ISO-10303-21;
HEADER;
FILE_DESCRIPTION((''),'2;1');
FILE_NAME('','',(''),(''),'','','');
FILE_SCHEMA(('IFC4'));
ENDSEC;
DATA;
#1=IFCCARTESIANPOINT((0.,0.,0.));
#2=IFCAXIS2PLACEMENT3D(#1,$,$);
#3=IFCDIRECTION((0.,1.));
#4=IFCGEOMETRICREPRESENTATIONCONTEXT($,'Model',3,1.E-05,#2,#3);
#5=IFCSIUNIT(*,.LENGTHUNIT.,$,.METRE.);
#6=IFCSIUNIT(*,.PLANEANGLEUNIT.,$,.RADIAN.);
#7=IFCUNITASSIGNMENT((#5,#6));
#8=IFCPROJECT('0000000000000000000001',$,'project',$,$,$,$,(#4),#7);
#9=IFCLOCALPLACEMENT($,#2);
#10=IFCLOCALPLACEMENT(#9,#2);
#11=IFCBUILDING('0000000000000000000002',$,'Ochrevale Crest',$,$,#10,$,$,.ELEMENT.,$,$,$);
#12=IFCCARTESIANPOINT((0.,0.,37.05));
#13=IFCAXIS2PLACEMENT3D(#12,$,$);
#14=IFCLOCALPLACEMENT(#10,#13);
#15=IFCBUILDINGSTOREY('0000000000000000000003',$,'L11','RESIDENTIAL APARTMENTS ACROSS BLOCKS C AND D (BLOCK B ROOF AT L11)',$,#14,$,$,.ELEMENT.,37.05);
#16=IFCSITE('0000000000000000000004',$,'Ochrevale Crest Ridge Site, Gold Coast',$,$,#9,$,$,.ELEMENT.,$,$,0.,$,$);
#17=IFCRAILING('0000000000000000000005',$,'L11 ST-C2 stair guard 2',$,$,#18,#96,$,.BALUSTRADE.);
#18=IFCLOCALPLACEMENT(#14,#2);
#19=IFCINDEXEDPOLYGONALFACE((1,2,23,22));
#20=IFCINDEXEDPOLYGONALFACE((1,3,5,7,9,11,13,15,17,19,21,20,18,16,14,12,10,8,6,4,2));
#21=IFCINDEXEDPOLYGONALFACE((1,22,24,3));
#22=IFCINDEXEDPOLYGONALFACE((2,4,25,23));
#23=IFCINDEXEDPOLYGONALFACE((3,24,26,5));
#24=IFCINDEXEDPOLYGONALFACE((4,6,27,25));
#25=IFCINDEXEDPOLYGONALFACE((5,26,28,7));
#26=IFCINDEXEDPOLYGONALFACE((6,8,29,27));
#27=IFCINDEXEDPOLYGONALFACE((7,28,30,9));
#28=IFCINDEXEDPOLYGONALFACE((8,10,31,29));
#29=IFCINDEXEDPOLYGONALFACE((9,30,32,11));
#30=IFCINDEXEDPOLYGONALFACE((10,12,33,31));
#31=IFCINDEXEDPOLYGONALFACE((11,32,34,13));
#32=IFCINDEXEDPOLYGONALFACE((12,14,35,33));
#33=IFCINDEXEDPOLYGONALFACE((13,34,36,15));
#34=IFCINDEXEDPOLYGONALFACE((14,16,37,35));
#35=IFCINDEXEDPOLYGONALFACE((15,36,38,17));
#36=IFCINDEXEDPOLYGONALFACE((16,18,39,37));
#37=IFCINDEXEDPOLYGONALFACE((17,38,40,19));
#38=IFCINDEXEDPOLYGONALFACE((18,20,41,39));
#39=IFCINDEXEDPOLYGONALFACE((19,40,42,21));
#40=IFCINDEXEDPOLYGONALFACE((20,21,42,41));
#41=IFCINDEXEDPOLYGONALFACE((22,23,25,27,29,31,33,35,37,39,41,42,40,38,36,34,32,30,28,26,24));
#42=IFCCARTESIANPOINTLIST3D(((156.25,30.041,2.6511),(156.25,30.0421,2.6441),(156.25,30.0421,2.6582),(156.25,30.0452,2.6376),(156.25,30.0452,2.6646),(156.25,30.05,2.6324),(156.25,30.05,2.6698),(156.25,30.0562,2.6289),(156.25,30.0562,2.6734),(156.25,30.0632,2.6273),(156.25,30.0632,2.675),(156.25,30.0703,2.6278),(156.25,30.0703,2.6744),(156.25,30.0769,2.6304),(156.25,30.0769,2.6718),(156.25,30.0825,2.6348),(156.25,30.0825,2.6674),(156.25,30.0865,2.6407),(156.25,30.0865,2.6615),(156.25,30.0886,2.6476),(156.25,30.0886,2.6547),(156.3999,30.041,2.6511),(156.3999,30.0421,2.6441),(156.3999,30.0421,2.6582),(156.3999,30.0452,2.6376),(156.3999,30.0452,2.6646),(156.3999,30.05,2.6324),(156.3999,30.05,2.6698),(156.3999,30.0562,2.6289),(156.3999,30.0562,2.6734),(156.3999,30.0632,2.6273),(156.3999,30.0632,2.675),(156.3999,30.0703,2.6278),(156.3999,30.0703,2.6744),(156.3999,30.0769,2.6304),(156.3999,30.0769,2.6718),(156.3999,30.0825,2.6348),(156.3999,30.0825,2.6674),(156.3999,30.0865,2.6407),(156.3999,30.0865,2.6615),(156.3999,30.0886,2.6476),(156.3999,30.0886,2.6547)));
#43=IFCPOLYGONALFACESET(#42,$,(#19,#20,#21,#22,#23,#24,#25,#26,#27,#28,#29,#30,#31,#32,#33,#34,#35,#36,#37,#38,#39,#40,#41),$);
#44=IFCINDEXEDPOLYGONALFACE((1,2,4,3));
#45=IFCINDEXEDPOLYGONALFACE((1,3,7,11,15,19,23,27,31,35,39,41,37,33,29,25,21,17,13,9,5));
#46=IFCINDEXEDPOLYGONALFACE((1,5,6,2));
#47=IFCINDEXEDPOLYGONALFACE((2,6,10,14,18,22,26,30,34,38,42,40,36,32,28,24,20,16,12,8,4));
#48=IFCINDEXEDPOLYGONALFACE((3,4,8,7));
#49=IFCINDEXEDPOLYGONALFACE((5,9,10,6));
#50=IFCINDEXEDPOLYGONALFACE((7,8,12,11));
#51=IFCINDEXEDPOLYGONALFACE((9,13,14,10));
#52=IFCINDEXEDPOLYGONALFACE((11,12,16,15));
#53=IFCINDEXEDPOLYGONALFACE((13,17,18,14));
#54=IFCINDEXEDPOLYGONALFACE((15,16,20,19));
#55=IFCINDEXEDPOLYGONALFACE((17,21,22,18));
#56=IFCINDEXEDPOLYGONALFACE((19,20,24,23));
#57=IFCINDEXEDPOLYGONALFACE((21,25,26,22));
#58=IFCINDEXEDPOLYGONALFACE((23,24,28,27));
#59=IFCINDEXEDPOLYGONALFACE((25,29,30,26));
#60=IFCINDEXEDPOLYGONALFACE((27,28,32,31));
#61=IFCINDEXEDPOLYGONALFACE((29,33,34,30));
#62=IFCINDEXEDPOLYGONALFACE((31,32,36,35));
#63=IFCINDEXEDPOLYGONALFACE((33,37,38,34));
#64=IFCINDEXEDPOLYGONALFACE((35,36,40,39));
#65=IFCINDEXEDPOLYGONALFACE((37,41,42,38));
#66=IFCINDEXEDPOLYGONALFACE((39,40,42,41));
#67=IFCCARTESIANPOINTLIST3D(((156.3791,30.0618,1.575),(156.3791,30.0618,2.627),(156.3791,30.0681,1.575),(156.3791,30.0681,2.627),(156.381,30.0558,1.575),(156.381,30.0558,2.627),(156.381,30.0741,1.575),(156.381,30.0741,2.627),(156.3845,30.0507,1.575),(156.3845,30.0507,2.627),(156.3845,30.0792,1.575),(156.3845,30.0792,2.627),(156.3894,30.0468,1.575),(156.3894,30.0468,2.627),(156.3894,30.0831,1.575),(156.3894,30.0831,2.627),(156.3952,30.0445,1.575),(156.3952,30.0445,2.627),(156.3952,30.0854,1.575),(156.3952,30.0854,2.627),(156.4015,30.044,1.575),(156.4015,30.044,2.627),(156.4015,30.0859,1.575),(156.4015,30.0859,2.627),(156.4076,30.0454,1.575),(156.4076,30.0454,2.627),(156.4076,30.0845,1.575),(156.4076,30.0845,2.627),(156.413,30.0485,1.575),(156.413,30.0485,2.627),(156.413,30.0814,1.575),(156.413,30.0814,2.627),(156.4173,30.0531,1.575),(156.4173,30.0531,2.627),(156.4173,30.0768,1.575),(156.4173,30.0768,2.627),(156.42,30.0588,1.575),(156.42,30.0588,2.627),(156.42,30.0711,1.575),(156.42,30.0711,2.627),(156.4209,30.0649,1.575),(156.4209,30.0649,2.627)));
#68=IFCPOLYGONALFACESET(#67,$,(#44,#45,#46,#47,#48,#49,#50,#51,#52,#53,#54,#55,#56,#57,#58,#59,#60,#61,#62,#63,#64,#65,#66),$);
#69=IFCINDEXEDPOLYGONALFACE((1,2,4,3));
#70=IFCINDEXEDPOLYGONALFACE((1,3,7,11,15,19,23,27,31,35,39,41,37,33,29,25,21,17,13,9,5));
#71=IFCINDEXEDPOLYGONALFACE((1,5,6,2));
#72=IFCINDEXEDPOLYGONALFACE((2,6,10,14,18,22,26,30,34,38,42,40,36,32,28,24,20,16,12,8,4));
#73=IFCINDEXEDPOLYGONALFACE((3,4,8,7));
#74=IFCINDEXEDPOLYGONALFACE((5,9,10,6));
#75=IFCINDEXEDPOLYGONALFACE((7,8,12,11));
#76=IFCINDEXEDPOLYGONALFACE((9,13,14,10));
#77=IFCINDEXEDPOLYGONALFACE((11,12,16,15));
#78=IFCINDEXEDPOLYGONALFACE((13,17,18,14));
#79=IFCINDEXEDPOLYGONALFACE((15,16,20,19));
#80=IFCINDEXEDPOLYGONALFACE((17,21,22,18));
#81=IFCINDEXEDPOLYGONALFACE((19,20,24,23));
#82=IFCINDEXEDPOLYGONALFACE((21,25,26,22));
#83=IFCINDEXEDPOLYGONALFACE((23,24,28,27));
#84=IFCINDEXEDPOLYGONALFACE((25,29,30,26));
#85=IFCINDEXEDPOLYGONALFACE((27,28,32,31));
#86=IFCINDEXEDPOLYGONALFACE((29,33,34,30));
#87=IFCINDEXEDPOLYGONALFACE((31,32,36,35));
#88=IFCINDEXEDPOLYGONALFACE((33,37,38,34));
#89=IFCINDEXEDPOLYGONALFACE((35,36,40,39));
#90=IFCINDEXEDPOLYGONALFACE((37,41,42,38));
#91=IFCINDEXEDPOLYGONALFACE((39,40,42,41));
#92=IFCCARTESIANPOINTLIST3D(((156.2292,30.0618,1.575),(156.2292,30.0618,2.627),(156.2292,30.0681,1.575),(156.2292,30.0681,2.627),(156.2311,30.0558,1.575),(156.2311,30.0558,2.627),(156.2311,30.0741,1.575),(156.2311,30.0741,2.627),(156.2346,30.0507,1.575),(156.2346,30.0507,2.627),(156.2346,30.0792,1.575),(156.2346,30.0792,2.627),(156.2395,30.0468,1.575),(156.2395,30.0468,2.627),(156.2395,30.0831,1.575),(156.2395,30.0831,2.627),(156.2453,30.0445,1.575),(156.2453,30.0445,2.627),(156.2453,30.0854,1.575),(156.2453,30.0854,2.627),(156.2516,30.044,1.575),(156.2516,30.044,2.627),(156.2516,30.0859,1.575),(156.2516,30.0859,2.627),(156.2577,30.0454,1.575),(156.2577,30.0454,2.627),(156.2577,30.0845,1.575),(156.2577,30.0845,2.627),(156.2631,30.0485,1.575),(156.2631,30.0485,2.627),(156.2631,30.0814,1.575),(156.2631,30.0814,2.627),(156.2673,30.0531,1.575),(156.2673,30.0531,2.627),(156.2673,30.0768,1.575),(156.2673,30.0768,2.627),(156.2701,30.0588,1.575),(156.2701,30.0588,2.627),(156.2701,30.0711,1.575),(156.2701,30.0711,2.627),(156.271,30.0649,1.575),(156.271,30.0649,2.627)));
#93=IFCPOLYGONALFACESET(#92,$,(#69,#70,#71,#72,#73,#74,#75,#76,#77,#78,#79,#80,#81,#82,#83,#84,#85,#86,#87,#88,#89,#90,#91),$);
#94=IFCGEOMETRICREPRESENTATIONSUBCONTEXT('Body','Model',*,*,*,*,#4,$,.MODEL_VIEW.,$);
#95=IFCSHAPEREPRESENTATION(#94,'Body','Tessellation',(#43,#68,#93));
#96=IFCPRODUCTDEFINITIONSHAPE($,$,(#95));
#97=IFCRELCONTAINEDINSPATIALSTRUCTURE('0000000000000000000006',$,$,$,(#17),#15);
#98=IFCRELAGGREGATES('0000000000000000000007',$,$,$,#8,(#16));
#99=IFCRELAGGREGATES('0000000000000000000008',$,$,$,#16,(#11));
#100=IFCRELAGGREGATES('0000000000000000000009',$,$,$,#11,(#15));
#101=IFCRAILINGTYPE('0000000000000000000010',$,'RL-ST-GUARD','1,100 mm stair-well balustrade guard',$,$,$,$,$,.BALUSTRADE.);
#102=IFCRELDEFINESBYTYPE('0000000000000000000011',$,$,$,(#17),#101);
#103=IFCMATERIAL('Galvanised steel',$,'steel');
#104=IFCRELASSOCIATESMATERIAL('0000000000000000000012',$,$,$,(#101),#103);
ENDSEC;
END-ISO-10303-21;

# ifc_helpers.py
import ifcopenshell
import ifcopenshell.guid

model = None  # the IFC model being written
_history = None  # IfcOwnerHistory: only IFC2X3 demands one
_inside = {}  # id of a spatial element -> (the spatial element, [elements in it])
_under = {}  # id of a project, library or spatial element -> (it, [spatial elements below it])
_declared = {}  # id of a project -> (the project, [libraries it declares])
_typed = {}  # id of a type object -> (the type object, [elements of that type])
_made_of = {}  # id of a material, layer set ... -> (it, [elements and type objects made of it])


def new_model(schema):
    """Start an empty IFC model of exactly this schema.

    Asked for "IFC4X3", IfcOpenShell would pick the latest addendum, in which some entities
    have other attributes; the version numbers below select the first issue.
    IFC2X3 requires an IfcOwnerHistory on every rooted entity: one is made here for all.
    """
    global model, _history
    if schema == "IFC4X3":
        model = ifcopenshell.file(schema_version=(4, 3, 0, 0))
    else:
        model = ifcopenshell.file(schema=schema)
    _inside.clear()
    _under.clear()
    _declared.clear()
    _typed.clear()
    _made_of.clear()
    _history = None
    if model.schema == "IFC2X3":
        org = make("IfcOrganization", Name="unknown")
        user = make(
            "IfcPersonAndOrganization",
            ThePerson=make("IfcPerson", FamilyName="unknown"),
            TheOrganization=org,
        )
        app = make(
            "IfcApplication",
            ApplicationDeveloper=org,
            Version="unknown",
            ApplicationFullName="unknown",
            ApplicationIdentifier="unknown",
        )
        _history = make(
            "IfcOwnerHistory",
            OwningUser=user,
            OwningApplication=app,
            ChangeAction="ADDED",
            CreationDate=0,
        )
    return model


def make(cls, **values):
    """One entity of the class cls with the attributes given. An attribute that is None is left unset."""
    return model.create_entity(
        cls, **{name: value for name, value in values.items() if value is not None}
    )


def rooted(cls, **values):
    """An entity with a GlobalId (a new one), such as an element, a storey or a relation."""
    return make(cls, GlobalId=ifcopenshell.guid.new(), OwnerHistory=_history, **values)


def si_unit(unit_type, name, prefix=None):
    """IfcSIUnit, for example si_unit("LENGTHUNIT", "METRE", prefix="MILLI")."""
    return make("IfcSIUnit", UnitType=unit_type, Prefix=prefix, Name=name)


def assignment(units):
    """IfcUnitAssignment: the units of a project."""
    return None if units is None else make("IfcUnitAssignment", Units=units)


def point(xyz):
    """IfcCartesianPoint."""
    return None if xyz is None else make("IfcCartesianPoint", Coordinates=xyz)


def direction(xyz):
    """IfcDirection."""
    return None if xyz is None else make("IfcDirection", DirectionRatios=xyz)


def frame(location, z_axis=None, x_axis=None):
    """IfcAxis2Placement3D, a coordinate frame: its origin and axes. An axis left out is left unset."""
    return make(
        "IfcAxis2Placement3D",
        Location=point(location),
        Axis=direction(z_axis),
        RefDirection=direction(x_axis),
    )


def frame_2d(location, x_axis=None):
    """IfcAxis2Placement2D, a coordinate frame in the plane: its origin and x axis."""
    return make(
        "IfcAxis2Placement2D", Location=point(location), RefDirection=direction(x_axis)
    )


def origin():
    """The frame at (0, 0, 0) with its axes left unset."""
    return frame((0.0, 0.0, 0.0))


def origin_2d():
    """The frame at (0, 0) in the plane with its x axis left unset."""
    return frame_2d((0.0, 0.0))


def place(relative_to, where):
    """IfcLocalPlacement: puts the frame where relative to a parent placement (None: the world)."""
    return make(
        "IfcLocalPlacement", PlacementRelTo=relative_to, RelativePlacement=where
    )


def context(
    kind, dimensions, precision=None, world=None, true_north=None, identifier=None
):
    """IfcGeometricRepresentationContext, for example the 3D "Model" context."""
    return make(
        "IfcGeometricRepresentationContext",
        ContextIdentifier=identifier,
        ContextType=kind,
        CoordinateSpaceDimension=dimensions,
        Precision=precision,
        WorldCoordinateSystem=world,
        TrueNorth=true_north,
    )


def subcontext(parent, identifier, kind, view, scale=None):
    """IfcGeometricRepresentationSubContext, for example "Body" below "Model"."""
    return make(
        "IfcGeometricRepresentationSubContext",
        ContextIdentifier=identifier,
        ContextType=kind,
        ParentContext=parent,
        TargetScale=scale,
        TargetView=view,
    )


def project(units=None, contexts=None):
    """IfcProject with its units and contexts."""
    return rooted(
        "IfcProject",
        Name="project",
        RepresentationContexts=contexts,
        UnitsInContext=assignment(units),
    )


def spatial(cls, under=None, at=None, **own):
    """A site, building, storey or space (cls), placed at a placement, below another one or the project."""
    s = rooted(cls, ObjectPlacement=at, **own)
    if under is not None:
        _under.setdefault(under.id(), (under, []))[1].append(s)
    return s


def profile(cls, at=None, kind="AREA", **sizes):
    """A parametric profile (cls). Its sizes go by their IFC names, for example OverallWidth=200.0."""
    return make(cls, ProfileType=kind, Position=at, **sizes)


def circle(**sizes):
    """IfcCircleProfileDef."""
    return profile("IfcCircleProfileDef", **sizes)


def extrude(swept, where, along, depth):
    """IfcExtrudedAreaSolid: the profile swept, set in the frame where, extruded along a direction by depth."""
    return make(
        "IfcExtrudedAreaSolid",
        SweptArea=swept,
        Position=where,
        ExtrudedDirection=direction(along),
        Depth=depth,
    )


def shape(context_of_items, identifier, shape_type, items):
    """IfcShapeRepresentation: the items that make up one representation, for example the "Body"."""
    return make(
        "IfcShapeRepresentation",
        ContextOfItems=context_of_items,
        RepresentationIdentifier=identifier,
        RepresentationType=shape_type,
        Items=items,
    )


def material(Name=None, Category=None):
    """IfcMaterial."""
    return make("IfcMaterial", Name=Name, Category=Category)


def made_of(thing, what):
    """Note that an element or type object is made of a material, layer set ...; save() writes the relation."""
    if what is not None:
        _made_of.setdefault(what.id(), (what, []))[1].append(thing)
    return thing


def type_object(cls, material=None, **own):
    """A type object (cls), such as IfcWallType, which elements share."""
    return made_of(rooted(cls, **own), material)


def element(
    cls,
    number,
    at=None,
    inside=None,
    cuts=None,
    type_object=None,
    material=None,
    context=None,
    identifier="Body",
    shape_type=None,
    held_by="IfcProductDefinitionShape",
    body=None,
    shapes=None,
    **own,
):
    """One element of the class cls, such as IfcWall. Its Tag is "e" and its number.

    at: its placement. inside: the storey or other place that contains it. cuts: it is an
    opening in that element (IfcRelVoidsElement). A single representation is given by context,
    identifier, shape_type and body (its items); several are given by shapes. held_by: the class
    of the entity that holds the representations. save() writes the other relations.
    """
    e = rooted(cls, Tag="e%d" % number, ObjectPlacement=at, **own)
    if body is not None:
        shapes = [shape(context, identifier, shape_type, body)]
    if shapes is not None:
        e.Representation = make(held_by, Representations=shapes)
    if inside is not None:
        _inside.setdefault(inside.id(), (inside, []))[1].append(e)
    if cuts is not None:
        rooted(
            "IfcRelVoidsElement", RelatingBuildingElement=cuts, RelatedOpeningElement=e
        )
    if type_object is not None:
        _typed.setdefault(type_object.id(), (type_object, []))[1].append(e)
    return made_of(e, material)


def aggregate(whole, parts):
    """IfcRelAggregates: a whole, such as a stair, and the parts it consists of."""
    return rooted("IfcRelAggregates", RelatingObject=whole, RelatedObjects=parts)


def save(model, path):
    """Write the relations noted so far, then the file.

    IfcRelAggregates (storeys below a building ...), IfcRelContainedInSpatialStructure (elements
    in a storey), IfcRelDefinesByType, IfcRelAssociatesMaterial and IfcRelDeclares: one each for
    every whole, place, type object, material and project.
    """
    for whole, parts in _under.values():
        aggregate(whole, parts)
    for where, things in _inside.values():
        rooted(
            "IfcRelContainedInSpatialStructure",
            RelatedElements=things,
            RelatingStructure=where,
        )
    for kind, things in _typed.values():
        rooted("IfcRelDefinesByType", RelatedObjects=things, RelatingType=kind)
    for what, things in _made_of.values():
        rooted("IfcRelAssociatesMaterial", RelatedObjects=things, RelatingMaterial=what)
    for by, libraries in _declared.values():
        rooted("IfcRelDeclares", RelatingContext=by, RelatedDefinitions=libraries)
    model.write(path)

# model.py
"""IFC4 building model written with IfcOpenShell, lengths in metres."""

from ifc_helpers import new_model, si_unit, direction, frame, origin, origin_2d, place, context, subcontext, project, spatial, circle, extrude, material, type_object, element, save


model = new_model("IFC4")

# Units and contexts
model_context = context("Model", 3, precision=1e-05, world=origin(), true_north=direction((0.0, 1.0)))
body_context = subcontext(model_context, "Body", "Model", "MODEL_VIEW")
ifc_project = project(units=[si_unit("LENGTHUNIT", "METRE"), si_unit("PLANEANGLEUNIT", "RADIAN")], contexts=[model_context])

# Site, building, storey
site_placement = place(None, origin())
site = spatial("IfcSite", under=ifc_project, at=site_placement, Name="Ochrevale Crest Ridge Site, Gold Coast", CompositionType="ELEMENT", RefElevation=0.0)
building_placement = place(site_placement, origin())
building = spatial("IfcBuilding", under=site, at=building_placement, Name="Ochrevale Crest", CompositionType="ELEMENT")
storey_placement = place(building_placement, frame((0.0, 0.0, 37.05)))
storey = spatial("IfcBuildingStorey", under=building, at=storey_placement, Name="L11", Description="RESIDENTIAL APARTMENTS ACROSS BLOCKS C AND D (BLOCK B ROOF AT L11)", CompositionType="ELEMENT", Elevation=37.05)

# Railing
ifc_material_1 = material(Name="Galvanised steel", Category="steel")
railing_type_1 = type_object("IfcRailingType", Name="RL-ST-GUARD", Description="1,100 mm stair-well balustrade guard", PredefinedType="BALUSTRADE", material=ifc_material_1)
railing_1_placement = place(storey_placement, frame((156.3999, 30.0649, 1.575)))
element("IfcRailing", 1, at=railing_1_placement, inside=storey, type_object=railing_type_1, Name="L11 ST-C2 stair guard 2", PredefinedType="BALUSTRADE", context=body_context, shape_type="SweptSolid", body=[
    extrude(circle(Radius=0.0239, at=origin_2d()), frame((0.0, 0.0, 1.0762), z_axis=(-1.0, 0.0, 0.0), x_axis=(0.0, -1.0, 0.0)), (0.0, 0.0, 1.0), 0.1499),
    extrude(circle(Radius=0.021, at=origin_2d()), origin(), (0.0, 0.0, 1.0), 1.052),
    extrude(circle(Radius=0.021, at=origin_2d()), frame((-0.1499, 0.0, 0.0)), (0.0, 0.0, 1.0), 1.052),
])

save(model, "model.ifc")
